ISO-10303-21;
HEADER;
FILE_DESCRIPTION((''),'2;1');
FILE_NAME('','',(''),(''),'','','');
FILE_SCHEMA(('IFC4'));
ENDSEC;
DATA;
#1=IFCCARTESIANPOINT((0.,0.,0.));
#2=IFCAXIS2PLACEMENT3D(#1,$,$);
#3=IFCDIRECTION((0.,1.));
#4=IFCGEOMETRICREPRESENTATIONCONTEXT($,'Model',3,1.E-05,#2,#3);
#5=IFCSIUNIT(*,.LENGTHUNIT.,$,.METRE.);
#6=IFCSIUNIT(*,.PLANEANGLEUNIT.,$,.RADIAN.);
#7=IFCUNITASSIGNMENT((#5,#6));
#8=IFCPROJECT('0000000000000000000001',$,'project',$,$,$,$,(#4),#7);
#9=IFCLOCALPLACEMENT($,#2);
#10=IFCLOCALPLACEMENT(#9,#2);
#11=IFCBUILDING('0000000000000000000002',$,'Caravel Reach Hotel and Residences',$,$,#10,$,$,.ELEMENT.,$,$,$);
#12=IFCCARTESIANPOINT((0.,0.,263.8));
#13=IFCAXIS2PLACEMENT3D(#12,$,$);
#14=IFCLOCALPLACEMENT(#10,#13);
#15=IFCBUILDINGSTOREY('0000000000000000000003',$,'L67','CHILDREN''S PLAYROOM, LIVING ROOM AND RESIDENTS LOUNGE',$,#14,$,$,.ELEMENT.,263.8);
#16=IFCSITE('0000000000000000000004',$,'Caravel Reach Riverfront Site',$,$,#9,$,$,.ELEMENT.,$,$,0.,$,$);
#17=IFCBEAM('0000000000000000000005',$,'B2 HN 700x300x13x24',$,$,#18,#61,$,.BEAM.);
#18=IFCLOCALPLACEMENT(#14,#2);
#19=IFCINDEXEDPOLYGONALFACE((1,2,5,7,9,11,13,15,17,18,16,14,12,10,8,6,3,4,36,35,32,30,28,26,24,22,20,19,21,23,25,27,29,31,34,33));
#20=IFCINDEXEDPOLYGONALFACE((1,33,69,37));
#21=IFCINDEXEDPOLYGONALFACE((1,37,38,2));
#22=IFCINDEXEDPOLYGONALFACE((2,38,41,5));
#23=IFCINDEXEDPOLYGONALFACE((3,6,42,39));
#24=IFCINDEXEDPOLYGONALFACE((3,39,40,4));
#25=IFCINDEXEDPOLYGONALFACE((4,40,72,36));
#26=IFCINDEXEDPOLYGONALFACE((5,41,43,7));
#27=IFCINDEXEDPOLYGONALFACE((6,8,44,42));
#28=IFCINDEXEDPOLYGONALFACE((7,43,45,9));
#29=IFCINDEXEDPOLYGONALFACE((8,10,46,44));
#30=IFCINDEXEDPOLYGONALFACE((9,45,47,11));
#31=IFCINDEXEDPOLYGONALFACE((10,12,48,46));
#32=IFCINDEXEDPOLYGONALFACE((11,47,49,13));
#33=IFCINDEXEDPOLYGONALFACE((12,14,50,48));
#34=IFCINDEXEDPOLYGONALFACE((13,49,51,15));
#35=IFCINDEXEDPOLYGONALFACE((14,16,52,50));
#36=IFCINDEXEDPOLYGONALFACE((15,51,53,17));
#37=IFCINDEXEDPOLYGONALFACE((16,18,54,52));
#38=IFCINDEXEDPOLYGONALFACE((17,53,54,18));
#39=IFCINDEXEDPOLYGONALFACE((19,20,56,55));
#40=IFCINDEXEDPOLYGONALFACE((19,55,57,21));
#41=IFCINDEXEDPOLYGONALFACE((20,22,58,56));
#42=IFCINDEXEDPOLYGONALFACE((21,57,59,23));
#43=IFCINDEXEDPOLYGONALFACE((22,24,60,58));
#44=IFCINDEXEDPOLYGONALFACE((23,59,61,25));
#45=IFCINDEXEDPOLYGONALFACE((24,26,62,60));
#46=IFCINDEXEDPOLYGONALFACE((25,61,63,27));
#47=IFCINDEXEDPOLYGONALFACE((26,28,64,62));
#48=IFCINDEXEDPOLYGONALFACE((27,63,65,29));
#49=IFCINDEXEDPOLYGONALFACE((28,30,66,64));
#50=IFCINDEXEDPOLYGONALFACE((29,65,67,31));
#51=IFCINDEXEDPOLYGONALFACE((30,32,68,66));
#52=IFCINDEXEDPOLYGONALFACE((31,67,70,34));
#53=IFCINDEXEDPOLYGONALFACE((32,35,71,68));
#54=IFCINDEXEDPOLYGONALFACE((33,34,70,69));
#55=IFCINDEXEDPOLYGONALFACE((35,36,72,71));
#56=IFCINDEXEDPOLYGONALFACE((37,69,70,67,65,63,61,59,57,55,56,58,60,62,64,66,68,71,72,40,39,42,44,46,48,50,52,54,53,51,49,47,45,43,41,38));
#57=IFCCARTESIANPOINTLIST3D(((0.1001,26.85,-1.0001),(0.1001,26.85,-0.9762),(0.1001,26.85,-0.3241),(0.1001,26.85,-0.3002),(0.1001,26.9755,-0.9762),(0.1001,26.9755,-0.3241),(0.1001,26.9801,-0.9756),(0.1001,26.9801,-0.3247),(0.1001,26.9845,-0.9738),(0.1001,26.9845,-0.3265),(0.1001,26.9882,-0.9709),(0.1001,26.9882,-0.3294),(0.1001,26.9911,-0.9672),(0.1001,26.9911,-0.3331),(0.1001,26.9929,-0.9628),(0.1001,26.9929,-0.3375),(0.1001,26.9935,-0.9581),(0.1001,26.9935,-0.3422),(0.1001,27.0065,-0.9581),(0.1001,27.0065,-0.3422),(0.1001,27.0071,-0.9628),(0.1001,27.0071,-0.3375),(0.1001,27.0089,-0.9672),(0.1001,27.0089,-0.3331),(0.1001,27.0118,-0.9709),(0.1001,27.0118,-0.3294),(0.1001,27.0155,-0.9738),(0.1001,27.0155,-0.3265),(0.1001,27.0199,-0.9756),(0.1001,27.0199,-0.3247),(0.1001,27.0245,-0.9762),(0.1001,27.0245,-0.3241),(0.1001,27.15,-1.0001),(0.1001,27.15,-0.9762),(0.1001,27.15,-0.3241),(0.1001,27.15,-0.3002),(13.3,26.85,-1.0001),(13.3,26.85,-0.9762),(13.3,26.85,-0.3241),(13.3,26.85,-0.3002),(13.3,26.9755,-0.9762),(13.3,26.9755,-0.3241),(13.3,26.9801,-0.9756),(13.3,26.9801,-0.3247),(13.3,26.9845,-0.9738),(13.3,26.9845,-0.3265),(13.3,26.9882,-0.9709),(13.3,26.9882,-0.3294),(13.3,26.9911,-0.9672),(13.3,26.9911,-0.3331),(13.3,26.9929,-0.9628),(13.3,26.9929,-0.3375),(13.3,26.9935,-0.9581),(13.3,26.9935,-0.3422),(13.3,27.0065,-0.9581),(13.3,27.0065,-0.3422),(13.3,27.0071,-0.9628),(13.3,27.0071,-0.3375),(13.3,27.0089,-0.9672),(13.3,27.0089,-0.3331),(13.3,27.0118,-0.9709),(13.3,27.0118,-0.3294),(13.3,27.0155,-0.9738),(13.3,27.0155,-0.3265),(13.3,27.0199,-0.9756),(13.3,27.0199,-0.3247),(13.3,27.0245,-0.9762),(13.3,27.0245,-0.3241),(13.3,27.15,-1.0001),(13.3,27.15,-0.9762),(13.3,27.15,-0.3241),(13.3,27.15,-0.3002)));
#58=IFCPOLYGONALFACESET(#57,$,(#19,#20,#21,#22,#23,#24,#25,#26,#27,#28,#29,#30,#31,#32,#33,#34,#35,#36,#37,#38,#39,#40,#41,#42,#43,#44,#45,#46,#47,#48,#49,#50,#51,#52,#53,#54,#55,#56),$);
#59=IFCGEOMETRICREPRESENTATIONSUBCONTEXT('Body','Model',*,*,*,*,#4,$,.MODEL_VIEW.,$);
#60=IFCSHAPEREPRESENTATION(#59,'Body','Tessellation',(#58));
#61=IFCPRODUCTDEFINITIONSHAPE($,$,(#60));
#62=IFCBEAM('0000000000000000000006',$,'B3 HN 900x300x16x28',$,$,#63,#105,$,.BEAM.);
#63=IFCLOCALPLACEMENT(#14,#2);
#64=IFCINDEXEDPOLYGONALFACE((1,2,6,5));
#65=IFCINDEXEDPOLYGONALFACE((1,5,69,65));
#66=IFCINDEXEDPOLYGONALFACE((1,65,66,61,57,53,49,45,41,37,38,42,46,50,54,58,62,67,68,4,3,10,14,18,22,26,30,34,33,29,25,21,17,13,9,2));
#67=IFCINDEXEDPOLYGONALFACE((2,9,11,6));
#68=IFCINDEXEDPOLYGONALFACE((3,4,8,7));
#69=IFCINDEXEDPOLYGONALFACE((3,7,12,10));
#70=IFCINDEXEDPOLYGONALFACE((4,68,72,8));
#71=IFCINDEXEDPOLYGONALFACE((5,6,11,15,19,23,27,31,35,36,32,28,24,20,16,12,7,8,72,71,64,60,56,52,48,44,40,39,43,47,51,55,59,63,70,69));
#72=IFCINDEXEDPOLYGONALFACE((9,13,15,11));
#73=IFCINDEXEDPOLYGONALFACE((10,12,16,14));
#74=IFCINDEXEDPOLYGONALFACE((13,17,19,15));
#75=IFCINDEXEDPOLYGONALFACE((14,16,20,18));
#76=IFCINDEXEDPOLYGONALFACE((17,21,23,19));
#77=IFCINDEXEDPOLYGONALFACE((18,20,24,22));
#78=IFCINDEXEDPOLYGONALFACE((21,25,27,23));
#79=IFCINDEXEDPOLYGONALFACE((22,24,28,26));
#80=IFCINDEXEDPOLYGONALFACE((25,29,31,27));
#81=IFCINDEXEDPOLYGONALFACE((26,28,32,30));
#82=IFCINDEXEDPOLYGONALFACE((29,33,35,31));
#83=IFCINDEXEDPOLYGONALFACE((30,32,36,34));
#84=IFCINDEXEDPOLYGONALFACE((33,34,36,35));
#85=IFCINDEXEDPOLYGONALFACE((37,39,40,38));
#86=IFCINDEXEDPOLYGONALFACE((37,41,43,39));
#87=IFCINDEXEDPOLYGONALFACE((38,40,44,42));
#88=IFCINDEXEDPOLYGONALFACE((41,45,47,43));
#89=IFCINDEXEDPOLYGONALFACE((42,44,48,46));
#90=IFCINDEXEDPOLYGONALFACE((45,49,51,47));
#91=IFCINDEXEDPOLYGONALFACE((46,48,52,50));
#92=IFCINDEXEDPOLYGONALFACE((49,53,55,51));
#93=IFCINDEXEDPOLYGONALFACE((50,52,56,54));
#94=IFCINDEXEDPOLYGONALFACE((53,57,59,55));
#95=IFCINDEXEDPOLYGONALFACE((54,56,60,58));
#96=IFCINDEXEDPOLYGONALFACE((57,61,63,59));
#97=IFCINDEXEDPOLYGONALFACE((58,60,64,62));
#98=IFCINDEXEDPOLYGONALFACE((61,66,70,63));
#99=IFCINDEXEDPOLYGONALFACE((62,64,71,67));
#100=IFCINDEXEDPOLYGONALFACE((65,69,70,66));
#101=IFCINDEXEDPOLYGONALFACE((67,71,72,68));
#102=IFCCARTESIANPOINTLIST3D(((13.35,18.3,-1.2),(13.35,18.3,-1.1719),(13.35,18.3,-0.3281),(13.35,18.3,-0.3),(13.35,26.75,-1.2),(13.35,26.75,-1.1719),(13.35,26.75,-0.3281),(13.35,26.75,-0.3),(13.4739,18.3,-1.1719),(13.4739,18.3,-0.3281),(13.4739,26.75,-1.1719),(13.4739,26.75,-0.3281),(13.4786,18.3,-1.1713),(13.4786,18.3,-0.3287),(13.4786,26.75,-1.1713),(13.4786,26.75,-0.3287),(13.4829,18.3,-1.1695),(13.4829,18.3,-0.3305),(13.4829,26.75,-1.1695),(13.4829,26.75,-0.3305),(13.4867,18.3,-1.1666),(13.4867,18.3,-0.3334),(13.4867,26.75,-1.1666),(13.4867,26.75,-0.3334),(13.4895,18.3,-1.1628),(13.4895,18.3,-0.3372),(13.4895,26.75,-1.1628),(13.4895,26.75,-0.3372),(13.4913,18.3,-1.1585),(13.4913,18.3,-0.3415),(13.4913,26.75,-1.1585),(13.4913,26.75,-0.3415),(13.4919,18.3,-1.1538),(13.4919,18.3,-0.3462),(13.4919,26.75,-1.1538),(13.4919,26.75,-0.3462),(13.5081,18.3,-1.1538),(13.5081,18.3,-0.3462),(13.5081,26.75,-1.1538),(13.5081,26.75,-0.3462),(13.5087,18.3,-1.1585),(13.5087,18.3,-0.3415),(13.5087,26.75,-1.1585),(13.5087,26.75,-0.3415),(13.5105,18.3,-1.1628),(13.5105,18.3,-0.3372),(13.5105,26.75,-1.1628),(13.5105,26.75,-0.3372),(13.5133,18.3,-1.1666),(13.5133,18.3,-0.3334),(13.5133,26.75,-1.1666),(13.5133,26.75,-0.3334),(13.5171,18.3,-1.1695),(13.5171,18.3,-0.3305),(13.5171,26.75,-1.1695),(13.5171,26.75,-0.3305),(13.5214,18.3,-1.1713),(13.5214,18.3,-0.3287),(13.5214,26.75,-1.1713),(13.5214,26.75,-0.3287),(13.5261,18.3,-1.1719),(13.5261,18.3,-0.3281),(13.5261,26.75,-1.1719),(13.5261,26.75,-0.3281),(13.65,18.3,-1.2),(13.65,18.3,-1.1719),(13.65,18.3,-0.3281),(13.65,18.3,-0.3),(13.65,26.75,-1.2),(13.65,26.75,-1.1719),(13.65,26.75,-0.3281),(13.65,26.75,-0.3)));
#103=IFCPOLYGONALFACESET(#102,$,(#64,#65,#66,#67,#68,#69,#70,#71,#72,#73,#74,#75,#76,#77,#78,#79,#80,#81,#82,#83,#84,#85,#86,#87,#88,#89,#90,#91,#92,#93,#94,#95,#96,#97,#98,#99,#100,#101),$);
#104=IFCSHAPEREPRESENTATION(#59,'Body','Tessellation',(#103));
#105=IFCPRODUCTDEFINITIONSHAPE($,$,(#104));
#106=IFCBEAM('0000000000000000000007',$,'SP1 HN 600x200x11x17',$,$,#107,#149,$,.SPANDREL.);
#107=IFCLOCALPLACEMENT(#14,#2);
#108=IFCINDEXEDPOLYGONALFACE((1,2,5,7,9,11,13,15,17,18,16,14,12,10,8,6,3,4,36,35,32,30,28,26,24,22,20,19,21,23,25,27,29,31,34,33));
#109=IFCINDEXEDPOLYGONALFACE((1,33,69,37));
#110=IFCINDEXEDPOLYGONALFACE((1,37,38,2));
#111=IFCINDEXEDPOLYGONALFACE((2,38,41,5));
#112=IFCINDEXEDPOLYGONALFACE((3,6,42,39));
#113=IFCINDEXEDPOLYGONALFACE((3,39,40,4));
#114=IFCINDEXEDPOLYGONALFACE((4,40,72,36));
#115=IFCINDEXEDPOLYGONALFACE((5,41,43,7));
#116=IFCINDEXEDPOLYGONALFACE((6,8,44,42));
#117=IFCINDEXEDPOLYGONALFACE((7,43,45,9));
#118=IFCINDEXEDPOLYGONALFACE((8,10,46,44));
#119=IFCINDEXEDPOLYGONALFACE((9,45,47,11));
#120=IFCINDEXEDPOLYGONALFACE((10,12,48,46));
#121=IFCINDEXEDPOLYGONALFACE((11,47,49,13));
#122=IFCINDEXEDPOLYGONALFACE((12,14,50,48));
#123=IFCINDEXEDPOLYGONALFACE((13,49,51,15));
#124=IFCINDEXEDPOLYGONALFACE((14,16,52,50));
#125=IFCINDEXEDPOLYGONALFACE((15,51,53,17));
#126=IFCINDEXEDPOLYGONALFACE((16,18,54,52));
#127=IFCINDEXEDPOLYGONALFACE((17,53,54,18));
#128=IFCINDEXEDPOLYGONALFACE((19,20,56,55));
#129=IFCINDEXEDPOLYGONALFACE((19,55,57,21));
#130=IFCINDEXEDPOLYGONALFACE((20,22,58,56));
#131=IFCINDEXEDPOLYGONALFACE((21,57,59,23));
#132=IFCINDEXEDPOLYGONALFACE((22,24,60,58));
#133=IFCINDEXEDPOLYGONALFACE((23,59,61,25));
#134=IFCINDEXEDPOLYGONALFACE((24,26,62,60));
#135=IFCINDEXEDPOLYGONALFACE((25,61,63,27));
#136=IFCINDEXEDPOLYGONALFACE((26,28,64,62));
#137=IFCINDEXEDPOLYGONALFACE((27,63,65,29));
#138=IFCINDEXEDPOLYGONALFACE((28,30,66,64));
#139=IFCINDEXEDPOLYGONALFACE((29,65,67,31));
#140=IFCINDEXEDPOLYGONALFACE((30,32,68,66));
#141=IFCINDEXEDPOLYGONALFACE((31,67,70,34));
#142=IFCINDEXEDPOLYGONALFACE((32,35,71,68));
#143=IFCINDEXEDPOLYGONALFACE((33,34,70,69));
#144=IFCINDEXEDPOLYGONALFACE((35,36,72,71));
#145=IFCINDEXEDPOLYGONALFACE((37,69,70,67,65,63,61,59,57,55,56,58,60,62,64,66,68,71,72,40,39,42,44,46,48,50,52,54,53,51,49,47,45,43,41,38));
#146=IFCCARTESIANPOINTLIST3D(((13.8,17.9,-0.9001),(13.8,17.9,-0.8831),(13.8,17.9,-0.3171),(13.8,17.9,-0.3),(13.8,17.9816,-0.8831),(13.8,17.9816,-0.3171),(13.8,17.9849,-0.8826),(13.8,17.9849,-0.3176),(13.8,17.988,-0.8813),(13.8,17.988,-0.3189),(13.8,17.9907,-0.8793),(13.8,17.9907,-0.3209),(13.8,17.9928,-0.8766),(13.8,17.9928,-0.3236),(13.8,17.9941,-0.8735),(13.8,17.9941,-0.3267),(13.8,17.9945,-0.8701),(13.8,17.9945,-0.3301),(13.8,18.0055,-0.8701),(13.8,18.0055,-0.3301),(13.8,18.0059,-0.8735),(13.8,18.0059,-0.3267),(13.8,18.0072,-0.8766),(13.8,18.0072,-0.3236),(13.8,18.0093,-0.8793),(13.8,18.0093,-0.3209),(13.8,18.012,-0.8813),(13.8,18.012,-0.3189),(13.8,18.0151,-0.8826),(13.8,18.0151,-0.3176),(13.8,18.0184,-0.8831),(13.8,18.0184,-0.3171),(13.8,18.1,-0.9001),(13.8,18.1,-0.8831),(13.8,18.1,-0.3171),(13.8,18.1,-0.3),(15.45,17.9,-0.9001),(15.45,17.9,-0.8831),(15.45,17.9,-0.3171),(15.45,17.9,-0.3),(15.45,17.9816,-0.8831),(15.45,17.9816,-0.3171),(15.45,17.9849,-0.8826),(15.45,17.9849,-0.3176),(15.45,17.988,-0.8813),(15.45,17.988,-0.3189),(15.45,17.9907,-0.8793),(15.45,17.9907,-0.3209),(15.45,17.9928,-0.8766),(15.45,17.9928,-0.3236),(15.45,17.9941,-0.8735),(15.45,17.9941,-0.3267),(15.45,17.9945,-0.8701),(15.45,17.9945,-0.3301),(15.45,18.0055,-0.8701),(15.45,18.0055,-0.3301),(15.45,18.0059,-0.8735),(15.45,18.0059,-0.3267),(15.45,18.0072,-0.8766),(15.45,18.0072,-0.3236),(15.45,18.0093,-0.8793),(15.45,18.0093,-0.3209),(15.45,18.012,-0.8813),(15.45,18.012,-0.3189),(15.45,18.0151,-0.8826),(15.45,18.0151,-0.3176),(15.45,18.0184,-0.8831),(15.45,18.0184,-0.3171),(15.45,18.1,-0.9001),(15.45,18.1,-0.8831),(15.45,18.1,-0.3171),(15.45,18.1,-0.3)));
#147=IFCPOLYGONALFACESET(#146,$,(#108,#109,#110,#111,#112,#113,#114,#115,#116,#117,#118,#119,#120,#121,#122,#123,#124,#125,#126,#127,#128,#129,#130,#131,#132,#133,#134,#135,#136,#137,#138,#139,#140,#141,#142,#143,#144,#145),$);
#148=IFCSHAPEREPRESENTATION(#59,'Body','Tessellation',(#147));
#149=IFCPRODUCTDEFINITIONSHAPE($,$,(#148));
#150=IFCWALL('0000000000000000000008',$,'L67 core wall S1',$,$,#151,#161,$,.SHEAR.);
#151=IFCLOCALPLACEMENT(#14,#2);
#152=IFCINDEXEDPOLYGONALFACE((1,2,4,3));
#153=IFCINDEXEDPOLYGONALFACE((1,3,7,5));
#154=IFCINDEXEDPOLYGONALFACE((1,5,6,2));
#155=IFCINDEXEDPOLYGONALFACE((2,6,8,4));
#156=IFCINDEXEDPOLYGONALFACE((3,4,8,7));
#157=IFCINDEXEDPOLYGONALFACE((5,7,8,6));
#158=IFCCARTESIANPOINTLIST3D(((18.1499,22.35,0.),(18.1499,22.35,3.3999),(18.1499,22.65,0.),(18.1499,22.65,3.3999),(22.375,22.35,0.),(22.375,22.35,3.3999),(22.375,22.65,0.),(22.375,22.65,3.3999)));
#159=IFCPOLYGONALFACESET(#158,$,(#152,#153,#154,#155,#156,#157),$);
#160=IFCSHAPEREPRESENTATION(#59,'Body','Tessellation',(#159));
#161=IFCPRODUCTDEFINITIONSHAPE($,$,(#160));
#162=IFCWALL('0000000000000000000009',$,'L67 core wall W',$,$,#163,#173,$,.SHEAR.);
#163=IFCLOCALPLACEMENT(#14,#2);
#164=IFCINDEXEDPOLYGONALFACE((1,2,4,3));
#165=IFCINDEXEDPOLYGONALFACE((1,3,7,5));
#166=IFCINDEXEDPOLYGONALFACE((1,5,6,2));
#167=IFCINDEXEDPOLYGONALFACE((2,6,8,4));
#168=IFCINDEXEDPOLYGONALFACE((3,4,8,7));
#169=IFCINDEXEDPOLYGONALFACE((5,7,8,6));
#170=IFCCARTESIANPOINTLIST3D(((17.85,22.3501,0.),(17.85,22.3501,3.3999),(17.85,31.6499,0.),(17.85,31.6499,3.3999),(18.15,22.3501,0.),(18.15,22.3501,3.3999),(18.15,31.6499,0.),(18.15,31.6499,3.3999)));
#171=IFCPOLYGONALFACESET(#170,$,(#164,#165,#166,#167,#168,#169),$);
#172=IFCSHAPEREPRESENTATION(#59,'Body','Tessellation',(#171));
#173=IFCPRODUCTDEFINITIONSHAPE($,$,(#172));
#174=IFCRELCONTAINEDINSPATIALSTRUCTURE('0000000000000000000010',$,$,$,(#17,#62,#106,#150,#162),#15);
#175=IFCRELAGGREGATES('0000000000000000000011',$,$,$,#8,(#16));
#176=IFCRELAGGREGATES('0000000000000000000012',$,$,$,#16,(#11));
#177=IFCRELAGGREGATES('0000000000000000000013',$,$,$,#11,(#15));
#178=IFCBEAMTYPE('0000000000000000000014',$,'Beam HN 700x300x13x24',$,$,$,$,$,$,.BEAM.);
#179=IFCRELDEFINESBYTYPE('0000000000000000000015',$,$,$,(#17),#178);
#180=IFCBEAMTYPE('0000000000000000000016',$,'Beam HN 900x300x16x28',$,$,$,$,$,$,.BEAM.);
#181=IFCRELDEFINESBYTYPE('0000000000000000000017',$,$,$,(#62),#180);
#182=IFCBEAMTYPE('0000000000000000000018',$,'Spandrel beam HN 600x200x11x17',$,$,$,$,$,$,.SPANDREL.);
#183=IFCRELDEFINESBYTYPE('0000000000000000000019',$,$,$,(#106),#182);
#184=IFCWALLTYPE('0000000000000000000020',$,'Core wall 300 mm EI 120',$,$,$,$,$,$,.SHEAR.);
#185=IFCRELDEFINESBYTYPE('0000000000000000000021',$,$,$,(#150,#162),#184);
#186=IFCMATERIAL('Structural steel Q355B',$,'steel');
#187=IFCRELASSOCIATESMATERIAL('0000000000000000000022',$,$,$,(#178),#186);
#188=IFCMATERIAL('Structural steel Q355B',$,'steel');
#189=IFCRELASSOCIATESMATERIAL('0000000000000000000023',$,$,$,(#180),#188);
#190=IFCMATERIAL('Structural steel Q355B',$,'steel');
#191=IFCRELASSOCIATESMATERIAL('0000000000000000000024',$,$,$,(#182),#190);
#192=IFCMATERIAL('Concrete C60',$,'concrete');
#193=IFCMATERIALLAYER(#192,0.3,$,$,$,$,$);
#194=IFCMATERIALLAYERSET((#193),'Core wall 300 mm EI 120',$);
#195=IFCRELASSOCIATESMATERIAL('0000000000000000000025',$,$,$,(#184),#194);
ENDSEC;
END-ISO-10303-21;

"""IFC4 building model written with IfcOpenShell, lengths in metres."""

from ifc_helpers import new_model, si_unit, direction, frame, frame_2d, origin, origin_2d, place, context, subcontext, project, spatial, rectangle, i_section, extrude, material, layer, layer_set, material_profile, profile_set, type_object, element, save


model = new_model("IFC4")

# Units and contexts
model_context = context("Model", 3, precision=1e-05, world=origin(), true_north=direction((0.0, 1.0)))
body_context = subcontext(model_context, "Body", "Model", "MODEL_VIEW")
ifc_project = project(units=[si_unit("LENGTHUNIT", "METRE"), si_unit("PLANEANGLEUNIT", "RADIAN")], contexts=[model_context])

# Site, building, storey
site_placement = place(None, origin())
site = spatial("IfcSite", under=ifc_project, at=site_placement, Name="Caravel Reach Riverfront Site", CompositionType="ELEMENT", RefElevation=0.0)
building_placement = place(site_placement, origin())
building = spatial("IfcBuilding", under=site, at=building_placement, Name="Caravel Reach Hotel and Residences", CompositionType="ELEMENT")
storey_placement = place(building_placement, frame((0.0, 0.0, 263.8)))
storey = spatial("IfcBuildingStorey", under=building, at=storey_placement, Name="L67", Description="CHILDREN'S PLAYROOM, LIVING ROOM AND RESIDENTS LOUNGE", CompositionType="ELEMENT", Elevation=263.8)

# Beams
ifc_material_1 = material(Name="Structural steel Q355B", Category="steel")
ifc_material_profile_1 = material_profile(ifc_material_1, i_section(OverallWidth=0.3, OverallDepth=0.7, WebThickness=0.0129, FlangeThickness=0.0239, FilletRadius=0.0181, at=origin_2d()), Name="HN 700x300x13x24")
ifc_profile_set_1 = profile_set([ifc_material_profile_1], Name="Structural steel Q355B")
beam_type_1 = type_object("IfcBeamType", Name="Beam HN 700x300x13x24", PredefinedType="BEAM", material=ifc_profile_set_1)
beam_1_placement = place(storey_placement, frame((13.3, 27.0, -0.6501), z_axis=(-1.0, 0.0, 0.0), x_axis=(0.0, -1.0, 0.0)))
element("IfcBeam", 1, at=beam_1_placement, inside=storey, type_object=beam_type_1, Name="B2 HN 700x300x13x24", PredefinedType="BEAM", context=body_context, shape_type="SweptSolid", body=[
    extrude(i_section(OverallWidth=0.3, OverallDepth=0.7, WebThickness=0.0129, FlangeThickness=0.0239, FilletRadius=0.0181, at=origin_2d()), origin(), (0.0, 0.0, 1.0), 13.2),
])
ifc_material_2 = material(Name="Structural steel Q355B", Category="steel")
ifc_material_profile_2 = material_profile(ifc_material_2, i_section(OverallWidth=0.3, OverallDepth=0.8999, WebThickness=0.0161, FlangeThickness=0.0281, FilletRadius=0.0181, at=origin_2d()), Name="HN 900x300x16x28")
ifc_profile_set_2 = profile_set([ifc_material_profile_2], Name="Structural steel Q355B")
beam_type_2 = type_object("IfcBeamType", Name="Beam HN 900x300x16x28", PredefinedType="BEAM", material=ifc_profile_set_2)
beam_2_placement = place(storey_placement, frame((13.5, 18.3, -0.75), z_axis=(0.0, 1.0, 0.0), x_axis=(-1.0, 0.0, 0.0)))
element("IfcBeam", 2, at=beam_2_placement, inside=storey, type_object=beam_type_2, Name="B3 HN 900x300x16x28", PredefinedType="BEAM", context=body_context, shape_type="SweptSolid", body=[
    extrude(i_section(OverallWidth=0.3, OverallDepth=0.8999, WebThickness=0.0161, FlangeThickness=0.0281, FilletRadius=0.0181, at=origin_2d()), origin(), (0.0, 0.0, 1.0), 8.45),
])
ifc_material_3 = material(Name="Structural steel Q355B", Category="steel")
ifc_material_profile_3 = material_profile(ifc_material_3, i_section(OverallWidth=0.2, OverallDepth=0.6001, WebThickness=0.011, FlangeThickness=0.0171, FilletRadius=0.0129, at=origin_2d()), Name="HN 600x200x11x17")
ifc_profile_set_3 = profile_set([ifc_material_profile_3], Name="Structural steel Q355B")
beam_type_3 = type_object("IfcBeamType", Name="Spandrel beam HN 600x200x11x17", PredefinedType="SPANDREL", material=ifc_profile_set_3)
beam_3_placement = place(storey_placement, frame((13.8, 18.0, -0.6001), z_axis=(1.0, 0.0, 0.0), x_axis=(0.0, 1.0, 0.0)))
element("IfcBeam", 3, at=beam_3_placement, inside=storey, type_object=beam_type_3, Name="SP1 HN 600x200x11x17", PredefinedType="SPANDREL", context=body_context, shape_type="SweptSolid", body=[
    extrude(i_section(OverallWidth=0.2, OverallDepth=0.6001, WebThickness=0.011, FlangeThickness=0.0171, FilletRadius=0.0129, at=origin_2d()), origin(), (0.0, 0.0, 1.0), 1.6499),
])

# Walls
ifc_material_4 = material(Name="Concrete C60", Category="concrete")
ifc_layer_1 = layer(ifc_material_4, 0.3)
ifc_layer_set_1 = layer_set([ifc_layer_1], Name="Core wall 300 mm EI 120")
wall_type_1 = type_object("IfcWallType", Name="Core wall 300 mm EI 120", PredefinedType="SHEAR", material=ifc_layer_set_1)
wall_1_placement = place(storey_placement, frame((18.1499, 22.5, 0.0), z_axis=(0.0, 0.0, 1.0), x_axis=(1.0, 0.0, 0.0)))
element("IfcWall", 4, at=wall_1_placement, inside=storey, type_object=wall_type_1, Name="L67 core wall S1", PredefinedType="SHEAR", context=body_context, shape_type="SweptSolid", body=[
    extrude(rectangle(XDim=4.2251, YDim=0.3, at=frame_2d((2.1125, 0.0))), origin(), (0.0, 0.0, 1.0), 3.3999),
])
wall_2_placement = place(storey_placement, frame((18.0, 22.3501, 0.0), z_axis=(0.0, 0.0, 1.0), x_axis=(0.0, 1.0, 0.0)))
element("IfcWall", 5, at=wall_2_placement, inside=storey, type_object=wall_type_1, Name="L67 core wall W", PredefinedType="SHEAR", context=body_context, shape_type="SweptSolid", body=[
    extrude(rectangle(XDim=9.2998, YDim=0.3, at=frame_2d((4.6499, 0.0))), origin(), (0.0, 0.0, 1.0), 3.3999),
])

save(model, "model.ifc")
